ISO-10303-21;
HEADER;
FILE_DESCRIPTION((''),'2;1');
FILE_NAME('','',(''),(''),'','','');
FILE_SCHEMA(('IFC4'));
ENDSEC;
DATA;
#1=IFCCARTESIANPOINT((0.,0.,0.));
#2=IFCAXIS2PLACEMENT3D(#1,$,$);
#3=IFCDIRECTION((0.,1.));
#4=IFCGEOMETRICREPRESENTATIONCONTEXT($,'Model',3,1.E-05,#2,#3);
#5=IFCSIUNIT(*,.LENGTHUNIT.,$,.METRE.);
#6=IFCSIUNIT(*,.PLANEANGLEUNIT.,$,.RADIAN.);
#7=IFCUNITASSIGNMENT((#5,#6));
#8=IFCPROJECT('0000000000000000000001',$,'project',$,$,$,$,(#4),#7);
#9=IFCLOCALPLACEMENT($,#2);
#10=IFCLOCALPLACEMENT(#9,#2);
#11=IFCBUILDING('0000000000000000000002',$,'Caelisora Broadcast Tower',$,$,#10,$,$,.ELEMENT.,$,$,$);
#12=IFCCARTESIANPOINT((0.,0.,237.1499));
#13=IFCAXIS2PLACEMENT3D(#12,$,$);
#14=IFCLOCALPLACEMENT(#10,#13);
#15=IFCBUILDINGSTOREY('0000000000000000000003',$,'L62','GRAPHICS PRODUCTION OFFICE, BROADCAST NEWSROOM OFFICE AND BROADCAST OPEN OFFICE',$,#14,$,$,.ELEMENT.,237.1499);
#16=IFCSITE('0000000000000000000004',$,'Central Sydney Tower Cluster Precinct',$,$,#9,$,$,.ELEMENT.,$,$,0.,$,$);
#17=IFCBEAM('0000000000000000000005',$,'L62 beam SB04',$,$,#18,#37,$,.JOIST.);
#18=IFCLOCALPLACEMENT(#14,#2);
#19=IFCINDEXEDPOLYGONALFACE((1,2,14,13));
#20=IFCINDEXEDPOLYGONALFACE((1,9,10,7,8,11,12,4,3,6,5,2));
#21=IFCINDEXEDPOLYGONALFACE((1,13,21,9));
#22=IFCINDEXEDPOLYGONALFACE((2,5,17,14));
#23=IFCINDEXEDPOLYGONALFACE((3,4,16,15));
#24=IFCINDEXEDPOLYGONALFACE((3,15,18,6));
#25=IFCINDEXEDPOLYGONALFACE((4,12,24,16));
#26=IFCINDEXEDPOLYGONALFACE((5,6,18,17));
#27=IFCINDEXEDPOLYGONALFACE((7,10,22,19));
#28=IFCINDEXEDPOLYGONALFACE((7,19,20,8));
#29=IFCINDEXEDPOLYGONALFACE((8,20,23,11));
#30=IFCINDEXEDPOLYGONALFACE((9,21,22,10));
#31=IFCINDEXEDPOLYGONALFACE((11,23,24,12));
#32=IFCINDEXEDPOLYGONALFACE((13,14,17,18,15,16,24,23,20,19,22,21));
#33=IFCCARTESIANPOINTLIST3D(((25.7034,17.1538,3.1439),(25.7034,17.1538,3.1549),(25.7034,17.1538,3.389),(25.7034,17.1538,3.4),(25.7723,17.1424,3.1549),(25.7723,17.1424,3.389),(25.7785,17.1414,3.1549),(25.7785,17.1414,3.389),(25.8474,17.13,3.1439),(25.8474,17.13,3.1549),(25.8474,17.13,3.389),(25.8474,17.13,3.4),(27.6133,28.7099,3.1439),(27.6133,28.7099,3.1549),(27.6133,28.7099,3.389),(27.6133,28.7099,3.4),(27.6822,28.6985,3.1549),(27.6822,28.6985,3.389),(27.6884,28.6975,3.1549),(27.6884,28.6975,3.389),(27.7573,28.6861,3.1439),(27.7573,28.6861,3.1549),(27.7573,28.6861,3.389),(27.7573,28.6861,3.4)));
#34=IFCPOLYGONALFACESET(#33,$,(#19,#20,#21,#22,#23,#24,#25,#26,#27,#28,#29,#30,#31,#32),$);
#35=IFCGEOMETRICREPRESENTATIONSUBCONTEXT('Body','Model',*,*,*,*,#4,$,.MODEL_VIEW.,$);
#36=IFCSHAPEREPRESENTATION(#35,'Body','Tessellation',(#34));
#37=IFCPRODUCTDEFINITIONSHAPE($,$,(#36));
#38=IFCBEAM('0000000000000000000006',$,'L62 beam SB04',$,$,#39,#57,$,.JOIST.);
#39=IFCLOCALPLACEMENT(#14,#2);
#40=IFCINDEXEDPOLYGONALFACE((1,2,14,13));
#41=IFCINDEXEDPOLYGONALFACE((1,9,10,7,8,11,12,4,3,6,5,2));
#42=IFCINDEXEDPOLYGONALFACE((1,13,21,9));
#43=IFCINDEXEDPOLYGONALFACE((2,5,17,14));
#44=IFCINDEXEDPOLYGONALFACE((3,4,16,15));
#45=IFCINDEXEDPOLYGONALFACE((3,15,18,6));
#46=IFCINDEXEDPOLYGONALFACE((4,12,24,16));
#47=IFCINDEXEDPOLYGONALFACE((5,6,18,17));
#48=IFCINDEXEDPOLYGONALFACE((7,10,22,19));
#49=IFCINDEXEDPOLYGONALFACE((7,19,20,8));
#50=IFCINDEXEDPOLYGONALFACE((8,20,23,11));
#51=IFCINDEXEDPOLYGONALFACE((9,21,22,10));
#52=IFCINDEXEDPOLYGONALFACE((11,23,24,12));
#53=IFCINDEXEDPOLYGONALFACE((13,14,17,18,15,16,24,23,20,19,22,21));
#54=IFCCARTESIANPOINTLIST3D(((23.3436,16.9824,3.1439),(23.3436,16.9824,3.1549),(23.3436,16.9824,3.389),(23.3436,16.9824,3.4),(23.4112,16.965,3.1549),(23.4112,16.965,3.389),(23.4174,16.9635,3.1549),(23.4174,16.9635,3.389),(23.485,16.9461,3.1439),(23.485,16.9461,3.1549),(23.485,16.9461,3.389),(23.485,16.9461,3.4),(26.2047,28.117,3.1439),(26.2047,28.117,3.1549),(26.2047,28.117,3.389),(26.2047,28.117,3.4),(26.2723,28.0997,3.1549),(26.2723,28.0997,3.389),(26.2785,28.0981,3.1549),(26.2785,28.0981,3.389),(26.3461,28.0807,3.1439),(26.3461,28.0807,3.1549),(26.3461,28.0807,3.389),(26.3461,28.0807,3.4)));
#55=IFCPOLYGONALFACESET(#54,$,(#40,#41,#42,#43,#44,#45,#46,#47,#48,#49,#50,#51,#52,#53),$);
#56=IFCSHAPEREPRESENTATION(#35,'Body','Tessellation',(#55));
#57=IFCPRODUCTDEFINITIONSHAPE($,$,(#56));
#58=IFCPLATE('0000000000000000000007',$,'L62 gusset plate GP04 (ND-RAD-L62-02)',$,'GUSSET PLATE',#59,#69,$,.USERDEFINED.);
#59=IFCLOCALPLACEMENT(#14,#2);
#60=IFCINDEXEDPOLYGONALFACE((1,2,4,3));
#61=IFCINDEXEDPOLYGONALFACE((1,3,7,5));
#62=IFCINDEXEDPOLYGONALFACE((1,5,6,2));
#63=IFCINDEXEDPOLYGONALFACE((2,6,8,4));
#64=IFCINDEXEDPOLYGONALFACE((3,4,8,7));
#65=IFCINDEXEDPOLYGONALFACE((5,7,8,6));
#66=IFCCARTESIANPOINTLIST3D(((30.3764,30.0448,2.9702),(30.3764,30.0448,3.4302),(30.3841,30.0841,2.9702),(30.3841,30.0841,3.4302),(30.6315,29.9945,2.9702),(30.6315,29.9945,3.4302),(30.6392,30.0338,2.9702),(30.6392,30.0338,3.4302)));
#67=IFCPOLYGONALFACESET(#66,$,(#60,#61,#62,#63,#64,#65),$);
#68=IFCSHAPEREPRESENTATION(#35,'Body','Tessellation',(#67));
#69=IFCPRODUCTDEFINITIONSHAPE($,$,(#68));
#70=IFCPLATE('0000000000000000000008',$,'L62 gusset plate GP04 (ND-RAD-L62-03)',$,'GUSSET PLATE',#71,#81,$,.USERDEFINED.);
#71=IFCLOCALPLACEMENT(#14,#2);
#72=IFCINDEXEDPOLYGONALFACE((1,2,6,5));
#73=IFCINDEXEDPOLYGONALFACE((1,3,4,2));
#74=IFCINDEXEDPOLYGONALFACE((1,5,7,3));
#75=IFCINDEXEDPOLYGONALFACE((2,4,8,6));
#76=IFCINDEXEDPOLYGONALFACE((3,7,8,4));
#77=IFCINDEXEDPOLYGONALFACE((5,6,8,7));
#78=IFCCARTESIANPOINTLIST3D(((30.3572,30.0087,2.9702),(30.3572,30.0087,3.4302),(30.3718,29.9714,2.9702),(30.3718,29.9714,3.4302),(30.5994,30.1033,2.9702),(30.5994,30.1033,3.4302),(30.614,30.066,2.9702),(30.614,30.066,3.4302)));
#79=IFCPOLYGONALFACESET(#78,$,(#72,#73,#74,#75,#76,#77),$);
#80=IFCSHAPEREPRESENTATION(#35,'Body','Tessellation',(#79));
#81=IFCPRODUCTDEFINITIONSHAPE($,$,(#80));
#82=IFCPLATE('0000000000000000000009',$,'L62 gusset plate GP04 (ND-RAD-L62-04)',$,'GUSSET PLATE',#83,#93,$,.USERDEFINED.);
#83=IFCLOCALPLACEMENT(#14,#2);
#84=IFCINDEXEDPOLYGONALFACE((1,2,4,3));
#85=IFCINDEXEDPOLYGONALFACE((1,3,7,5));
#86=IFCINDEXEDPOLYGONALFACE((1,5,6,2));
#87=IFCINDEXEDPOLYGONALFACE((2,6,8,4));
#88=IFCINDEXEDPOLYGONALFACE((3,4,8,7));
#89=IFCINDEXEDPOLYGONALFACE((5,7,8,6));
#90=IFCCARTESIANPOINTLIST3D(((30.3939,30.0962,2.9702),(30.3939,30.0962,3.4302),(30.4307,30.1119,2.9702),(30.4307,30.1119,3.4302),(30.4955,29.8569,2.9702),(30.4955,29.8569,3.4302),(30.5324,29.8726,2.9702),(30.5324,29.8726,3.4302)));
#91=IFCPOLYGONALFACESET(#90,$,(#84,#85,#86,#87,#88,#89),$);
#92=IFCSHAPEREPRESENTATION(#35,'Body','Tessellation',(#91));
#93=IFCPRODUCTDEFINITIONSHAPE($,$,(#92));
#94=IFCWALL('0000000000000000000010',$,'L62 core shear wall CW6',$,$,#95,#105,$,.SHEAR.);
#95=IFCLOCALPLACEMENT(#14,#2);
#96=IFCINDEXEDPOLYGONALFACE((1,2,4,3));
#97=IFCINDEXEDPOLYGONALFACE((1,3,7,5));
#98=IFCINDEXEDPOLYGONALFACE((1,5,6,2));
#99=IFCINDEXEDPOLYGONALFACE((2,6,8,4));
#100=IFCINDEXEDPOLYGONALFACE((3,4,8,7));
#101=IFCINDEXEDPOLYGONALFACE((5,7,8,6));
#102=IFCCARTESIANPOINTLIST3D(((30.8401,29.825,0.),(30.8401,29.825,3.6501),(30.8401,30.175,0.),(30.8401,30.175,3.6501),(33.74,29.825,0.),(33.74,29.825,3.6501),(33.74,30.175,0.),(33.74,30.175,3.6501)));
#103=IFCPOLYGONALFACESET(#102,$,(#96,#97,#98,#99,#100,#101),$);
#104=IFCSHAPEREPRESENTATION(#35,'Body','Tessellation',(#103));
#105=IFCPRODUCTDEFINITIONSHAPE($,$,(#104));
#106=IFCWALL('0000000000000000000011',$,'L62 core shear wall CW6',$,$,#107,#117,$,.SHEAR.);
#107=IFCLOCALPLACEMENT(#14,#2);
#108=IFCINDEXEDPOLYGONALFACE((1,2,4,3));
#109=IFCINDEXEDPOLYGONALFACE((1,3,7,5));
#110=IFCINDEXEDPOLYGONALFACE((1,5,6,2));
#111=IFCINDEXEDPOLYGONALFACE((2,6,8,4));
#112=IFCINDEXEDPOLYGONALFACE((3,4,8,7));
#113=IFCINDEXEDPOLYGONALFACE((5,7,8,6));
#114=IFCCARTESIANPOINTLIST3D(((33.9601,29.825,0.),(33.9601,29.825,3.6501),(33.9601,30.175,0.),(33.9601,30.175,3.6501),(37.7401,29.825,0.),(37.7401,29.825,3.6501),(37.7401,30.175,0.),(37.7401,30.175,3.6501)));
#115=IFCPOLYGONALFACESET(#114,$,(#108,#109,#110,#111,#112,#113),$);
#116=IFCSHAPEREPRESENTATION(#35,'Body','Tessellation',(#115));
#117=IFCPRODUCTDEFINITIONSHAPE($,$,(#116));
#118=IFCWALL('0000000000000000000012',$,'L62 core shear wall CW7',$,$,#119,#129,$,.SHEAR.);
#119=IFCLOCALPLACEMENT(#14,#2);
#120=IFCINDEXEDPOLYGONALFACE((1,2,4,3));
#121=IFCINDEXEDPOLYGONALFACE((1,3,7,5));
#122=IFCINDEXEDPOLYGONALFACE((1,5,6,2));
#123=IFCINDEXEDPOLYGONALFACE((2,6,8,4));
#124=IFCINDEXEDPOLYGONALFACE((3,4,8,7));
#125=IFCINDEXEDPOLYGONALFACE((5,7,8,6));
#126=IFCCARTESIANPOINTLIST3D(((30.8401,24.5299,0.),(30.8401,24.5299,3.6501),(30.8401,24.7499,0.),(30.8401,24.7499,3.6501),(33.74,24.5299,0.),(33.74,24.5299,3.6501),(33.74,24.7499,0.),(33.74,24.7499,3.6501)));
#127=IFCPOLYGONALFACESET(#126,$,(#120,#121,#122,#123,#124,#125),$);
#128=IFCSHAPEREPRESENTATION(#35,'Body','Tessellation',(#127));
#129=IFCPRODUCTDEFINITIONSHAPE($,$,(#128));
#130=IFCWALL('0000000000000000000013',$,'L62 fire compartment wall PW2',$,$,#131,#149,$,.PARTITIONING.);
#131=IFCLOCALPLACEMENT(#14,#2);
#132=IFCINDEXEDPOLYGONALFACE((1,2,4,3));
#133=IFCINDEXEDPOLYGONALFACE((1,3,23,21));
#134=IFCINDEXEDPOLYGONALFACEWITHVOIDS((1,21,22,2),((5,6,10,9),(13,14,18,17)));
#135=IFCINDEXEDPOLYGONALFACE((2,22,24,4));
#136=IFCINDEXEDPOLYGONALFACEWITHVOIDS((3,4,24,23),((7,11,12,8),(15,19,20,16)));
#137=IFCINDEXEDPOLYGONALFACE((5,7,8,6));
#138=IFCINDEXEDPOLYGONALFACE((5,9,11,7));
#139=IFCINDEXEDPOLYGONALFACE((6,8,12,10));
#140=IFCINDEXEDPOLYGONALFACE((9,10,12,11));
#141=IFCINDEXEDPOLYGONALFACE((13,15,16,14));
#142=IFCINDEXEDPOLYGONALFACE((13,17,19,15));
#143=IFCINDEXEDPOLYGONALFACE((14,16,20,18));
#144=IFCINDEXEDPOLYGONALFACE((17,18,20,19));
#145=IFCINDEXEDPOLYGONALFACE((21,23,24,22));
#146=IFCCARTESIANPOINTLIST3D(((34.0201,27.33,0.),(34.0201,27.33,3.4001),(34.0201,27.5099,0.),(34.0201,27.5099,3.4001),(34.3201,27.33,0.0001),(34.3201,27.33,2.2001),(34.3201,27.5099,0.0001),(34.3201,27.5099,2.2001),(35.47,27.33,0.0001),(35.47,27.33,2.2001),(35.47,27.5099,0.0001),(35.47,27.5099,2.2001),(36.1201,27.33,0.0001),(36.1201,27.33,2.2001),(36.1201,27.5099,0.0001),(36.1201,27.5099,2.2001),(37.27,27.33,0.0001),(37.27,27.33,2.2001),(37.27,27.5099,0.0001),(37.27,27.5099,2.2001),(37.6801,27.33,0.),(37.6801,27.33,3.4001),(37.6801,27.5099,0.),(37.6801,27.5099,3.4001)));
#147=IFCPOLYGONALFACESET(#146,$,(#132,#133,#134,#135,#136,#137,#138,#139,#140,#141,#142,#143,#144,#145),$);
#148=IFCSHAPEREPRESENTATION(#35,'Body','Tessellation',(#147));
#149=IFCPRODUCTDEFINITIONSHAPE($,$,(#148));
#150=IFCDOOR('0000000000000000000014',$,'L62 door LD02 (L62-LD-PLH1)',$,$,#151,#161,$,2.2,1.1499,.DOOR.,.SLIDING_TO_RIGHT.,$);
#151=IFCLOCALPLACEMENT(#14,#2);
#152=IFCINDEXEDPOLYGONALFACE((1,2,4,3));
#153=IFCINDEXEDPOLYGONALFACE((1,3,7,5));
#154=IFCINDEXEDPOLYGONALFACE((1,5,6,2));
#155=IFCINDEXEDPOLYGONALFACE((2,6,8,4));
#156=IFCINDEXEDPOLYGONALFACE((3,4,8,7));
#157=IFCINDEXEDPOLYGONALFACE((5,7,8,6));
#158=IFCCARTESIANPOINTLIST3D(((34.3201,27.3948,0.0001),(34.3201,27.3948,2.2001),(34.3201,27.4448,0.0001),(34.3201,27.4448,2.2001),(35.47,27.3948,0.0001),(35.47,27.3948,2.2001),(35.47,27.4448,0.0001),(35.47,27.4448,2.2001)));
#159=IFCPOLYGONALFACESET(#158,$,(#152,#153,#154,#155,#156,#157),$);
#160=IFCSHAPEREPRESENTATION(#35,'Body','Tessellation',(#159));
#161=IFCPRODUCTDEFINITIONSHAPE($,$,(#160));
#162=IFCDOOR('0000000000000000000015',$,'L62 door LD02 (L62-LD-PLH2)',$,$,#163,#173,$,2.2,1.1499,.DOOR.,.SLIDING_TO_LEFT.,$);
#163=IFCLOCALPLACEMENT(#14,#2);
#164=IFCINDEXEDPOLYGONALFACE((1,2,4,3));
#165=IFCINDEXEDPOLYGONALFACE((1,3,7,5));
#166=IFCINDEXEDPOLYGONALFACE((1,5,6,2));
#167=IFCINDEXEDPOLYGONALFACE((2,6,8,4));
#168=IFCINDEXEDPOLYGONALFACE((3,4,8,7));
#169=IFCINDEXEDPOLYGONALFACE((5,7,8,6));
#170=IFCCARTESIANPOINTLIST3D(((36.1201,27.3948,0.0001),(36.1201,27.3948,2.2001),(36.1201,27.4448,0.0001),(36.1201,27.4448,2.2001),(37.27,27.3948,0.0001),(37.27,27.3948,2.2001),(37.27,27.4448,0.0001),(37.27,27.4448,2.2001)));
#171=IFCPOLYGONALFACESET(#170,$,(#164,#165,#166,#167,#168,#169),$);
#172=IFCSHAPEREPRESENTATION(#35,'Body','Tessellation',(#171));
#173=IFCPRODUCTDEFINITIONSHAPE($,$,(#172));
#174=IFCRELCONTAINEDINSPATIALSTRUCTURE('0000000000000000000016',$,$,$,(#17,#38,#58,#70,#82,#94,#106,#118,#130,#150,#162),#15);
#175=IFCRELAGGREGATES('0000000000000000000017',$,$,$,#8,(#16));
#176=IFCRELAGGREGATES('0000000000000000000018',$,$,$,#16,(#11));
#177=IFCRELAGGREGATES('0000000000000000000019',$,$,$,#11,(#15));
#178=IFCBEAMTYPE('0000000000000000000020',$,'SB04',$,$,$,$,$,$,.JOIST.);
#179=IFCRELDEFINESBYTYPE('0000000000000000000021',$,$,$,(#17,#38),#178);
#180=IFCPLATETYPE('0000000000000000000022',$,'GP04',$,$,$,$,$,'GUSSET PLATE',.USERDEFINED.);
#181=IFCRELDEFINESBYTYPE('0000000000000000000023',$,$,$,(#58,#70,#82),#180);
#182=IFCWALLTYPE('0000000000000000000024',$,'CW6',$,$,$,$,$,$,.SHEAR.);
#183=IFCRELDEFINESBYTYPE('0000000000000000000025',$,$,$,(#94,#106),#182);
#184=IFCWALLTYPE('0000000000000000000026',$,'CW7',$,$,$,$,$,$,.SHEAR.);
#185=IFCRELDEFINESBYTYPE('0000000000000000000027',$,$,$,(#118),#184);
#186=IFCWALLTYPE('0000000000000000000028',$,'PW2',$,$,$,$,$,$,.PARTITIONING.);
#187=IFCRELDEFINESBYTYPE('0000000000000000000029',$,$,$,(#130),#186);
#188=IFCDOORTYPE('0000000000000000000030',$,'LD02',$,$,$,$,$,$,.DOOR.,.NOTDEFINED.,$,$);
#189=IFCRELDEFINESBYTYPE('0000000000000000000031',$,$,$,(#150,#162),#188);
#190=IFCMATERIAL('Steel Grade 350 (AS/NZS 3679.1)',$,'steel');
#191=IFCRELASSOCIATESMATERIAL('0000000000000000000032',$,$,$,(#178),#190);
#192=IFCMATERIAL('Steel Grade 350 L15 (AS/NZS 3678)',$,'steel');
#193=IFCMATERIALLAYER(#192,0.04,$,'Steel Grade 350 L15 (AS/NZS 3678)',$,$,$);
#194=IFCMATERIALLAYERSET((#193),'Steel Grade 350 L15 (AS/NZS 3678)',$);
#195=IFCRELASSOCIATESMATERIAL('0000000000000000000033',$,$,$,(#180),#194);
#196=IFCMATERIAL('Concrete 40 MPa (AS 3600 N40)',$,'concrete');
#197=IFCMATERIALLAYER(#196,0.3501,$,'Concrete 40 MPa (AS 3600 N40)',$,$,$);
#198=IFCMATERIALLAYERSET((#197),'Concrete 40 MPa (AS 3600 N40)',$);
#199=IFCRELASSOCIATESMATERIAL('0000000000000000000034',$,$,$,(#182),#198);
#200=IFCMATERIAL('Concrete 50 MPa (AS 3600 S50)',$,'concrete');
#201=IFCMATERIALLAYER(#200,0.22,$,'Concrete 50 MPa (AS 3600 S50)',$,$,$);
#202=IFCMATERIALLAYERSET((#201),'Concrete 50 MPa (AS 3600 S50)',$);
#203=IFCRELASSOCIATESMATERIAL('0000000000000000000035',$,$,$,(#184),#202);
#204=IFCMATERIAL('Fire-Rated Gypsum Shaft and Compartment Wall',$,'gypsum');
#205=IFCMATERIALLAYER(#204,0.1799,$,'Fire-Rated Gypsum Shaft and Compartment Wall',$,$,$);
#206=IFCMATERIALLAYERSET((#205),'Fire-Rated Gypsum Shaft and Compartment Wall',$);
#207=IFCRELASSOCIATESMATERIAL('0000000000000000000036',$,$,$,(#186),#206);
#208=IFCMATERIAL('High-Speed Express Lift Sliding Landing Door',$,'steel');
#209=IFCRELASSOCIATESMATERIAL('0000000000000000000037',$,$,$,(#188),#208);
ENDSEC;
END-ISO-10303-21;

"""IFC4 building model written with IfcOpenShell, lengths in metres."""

from ifc_helpers import new_model, si_unit, direction, frame, frame_2d, origin, origin_2d, place, context, subcontext, project, spatial, rectangle, i_section, extrude, source, transform, mapped, material, layer, layer_set, material_profile, profile_set, type_object, type_shapes, element, fill, save


model = new_model("IFC4")

# Units and contexts
model_context = context("Model", 3, precision=1e-05, world=origin(), true_north=direction((0.0, 1.0)))
body_context = subcontext(model_context, "Body", "Model", "MODEL_VIEW")
ifc_project = project(units=[si_unit("LENGTHUNIT", "METRE"), si_unit("PLANEANGLEUNIT", "RADIAN")], contexts=[model_context])

# Site, building, storey
site_placement = place(None, origin())
site = spatial("IfcSite", under=ifc_project, at=site_placement, Name="Central Sydney Tower Cluster Precinct", CompositionType="ELEMENT", RefElevation=0.0)
building_placement = place(site_placement, origin())
building = spatial("IfcBuilding", under=site, at=building_placement, Name="Caelisora Broadcast Tower", CompositionType="ELEMENT")
storey_placement = place(building_placement, frame((0.0, 0.0, 237.1499)))
storey = spatial("IfcBuildingStorey", under=building, at=storey_placement, Name="L62", Description="GRAPHICS PRODUCTION OFFICE, BROADCAST NEWSROOM OFFICE AND BROADCAST OPEN OFFICE", CompositionType="ELEMENT", Elevation=237.1499)

# Shared definitions
ifc_material_1 = material(Name="Steel Grade 350 (AS/NZS 3679.1)", Category="steel")

# Beams
ifc_material_profile_1 = material_profile(ifc_material_1, i_section(OverallWidth=0.146, OverallDepth=0.2561, WebThickness=0.0063, FlangeThickness=0.011, at=origin_2d()), Name="Steel Grade 350 (AS/NZS 3679.1)")
ifc_profile_set_1 = profile_set([ifc_material_profile_1], Name="Steel Grade 350 (AS/NZS 3679.1)")
beam_type_1 = type_object("IfcBeamType", Name="SB04", PredefinedType="JOIST", material=ifc_profile_set_1)
shared_shape_1 = source(origin(), body_context, "Body", "SweptSolid", [
    extrude(i_section(OverallWidth=0.146, OverallDepth=0.2561, WebThickness=0.0063, FlangeThickness=0.011, at=origin_2d()), origin(), (0.0, 0.0, 1.0), 11.7129),
])
beam_1_placement = place(storey_placement, frame((27.6853, 28.698, 3.272), z_axis=(-0.16306, -0.986616, 0.0), x_axis=(0.986616, -0.16306, 0.0)))
element("IfcBeam", 1, at=beam_1_placement, inside=storey, type_object=beam_type_1, Name="L62 beam SB04", PredefinedType="JOIST", context=body_context, shape_type="MappedRepresentation", body=[
    mapped(shared_shape_1, transform((0.0, 0.0, 0.0), scale=1.0)),
])
shared_shape_2 = source(origin(), body_context, "Body", "SweptSolid", [
    extrude(i_section(OverallWidth=0.146, OverallDepth=0.2561, WebThickness=0.0063, FlangeThickness=0.011, at=origin_2d()), origin(), (0.0, 0.0, 1.0), 11.4963),
])
beam_2_placement = place(storey_placement, frame((26.2754, 28.0989, 3.272), z_axis=(-0.248871, -0.968537, 0.0), x_axis=(0.968537, -0.248871, 0.0)))
element("IfcBeam", 2, at=beam_2_placement, inside=storey, type_object=beam_type_1, Name="L62 beam SB04", PredefinedType="JOIST", context=body_context, shape_type="MappedRepresentation", body=[
    mapped(shared_shape_2, transform((0.0, 0.0, 0.0), scale=1.0)),
])

# Plates
ifc_material_2 = material(Name="Steel Grade 350 L15 (AS/NZS 3678)", Category="steel")
ifc_layer_1 = layer(ifc_material_2, 0.04, Name="Steel Grade 350 L15 (AS/NZS 3678)")
ifc_layer_set_1 = layer_set([ifc_layer_1], Name="Steel Grade 350 L15 (AS/NZS 3678)")
plate_type = type_object("IfcPlateType", Name="GP04", ElementType="GUSSET PLATE", PredefinedType="USERDEFINED", material=ifc_layer_set_1)
shared_shape_3 = source(origin(), body_context, "Body", "SweptSolid", [
    extrude(rectangle(XDim=0.26, YDim=0.04, at=origin_2d()), origin(), (0.0, 0.0, 1.0), 0.46),
])
type_shapes(plate_type, [shared_shape_3])
for number, where, z_axis, x_axis, name in (
    (3, (30.5078, 30.0393, 2.9702), (0.0, 0.0, 1.0), (-0.981124, 0.193378, 0.0), "L62 gusset plate GP04 (ND-RAD-L62-02)"),
    (4, (30.4856, 30.0374, 2.9702), (0.0, 0.0, 1.0), (-0.931564, -0.363576, 0.0), "L62 gusset plate GP04 (ND-RAD-L62-03)"),
    (5, (30.4631, 29.9844, 2.9702), (0.0, 0.0, 1.0), (0.391052, -0.920368, 0.0), "L62 gusset plate GP04 (ND-RAD-L62-04)"),
):
    element("IfcPlate", number, at=place(storey_placement, frame(where, z_axis=z_axis, x_axis=x_axis)), inside=storey, type_object=plate_type, Name=name, ObjectType="GUSSET PLATE", PredefinedType="USERDEFINED", context=body_context, shape_type="MappedRepresentation", body=[
        mapped(shared_shape_3, transform((0.0, 0.0, 0.0), scale=1.0)),
    ])

# Walls
ifc_material_3 = material(Name="Concrete 40 MPa (AS 3600 N40)", Category="concrete")
ifc_layer_2 = layer(ifc_material_3, 0.3501, Name="Concrete 40 MPa (AS 3600 N40)")
ifc_layer_set_2 = layer_set([ifc_layer_2], Name="Concrete 40 MPa (AS 3600 N40)")
wall_type_1 = type_object("IfcWallType", Name="CW6", PredefinedType="SHEAR", material=ifc_layer_set_2)
wall_1_placement = place(storey_placement, frame((30.8401, 30.0, 0.0), z_axis=(0.0, 0.0, 1.0), x_axis=(1.0, 0.0, 0.0)))
element("IfcWall", 6, at=wall_1_placement, inside=storey, type_object=wall_type_1, Name="L62 core shear wall CW6", PredefinedType="SHEAR", context=body_context, shape_type="SweptSolid", body=[
    extrude(rectangle(XDim=2.8999, YDim=0.3501, at=frame_2d((1.45, 0.0))), origin(), (0.0, 0.0, 1.0), 3.6501),
])
wall_2_placement = place(storey_placement, frame((33.96, 30.0, 0.0), z_axis=(0.0, 0.0, 1.0), x_axis=(1.0, 0.0, 0.0)))
element("IfcWall", 7, at=wall_2_placement, inside=storey, type_object=wall_type_1, Name="L62 core shear wall CW6", PredefinedType="SHEAR", context=body_context, shape_type="SweptSolid", body=[
    extrude(rectangle(XDim=3.78, YDim=0.3501, at=frame_2d((1.8901, 0.0))), origin(), (0.0, 0.0, 1.0), 3.6501),
])
ifc_material_4 = material(Name="Concrete 50 MPa (AS 3600 S50)", Category="concrete")
ifc_layer_3 = layer(ifc_material_4, 0.22, Name="Concrete 50 MPa (AS 3600 S50)")
ifc_layer_set_3 = layer_set([ifc_layer_3], Name="Concrete 50 MPa (AS 3600 S50)")
wall_type_2 = type_object("IfcWallType", Name="CW7", PredefinedType="SHEAR", material=ifc_layer_set_3)
wall_3_placement = place(storey_placement, frame((30.8401, 24.6399, 0.0), z_axis=(0.0, 0.0, 1.0), x_axis=(1.0, 0.0, 0.0)))
element("IfcWall", 8, at=wall_3_placement, inside=storey, type_object=wall_type_2, Name="L62 core shear wall CW7", PredefinedType="SHEAR", context=body_context, shape_type="SweptSolid", body=[
    extrude(rectangle(XDim=2.8999, YDim=0.22, at=frame_2d((1.45, 0.0))), origin(), (0.0, 0.0, 1.0), 3.6501),
])

# Wall, openings, doors
ifc_material_5 = material(Name="Fire-Rated Gypsum Shaft and Compartment Wall", Category="gypsum")
ifc_layer_4 = layer(ifc_material_5, 0.1799, Name="Fire-Rated Gypsum Shaft and Compartment Wall")
ifc_layer_set_4 = layer_set([ifc_layer_4], Name="Fire-Rated Gypsum Shaft and Compartment Wall")
wall_type_3 = type_object("IfcWallType", Name="PW2", PredefinedType="PARTITIONING", material=ifc_layer_set_4)
wall_4_placement = place(storey_placement, frame((34.02, 27.4199, 0.0), z_axis=(0.0, 0.0, 1.0), x_axis=(1.0, 0.0, 0.0)))
wall_4 = element("IfcWall", 9, at=wall_4_placement, inside=storey, type_object=wall_type_3, Name="L62 fire compartment wall PW2", PredefinedType="PARTITIONING", context=body_context, shape_type="SweptSolid", body=[
    extrude(rectangle(XDim=3.6599, YDim=0.1799, at=frame_2d((1.8301, 0.0))), origin(), (0.0, 0.0, 1.0), 3.4001),
])
opening_1_placement = place(wall_4_placement, frame((0.3, 0.0, 0.0)))
opening_1 = element("IfcOpeningElement", 10, at=opening_1_placement, cuts=wall_4, PredefinedType="OPENING", context=body_context, shape_type="SweptSolid", body=[
    extrude(rectangle(XDim=1.1499, YDim=2.2, at=frame_2d((0.575, 1.1001))), frame((0.0, 0.1021, 0.0), z_axis=(0.0, -1.0, 0.0), x_axis=(1.0, 0.0, 0.0)), (0.0, 0.0, 1.0), 0.2039),
])
opening_2_placement = place(wall_4_placement, frame((2.1001, 0.0, 0.0)))
opening_2 = element("IfcOpeningElement", 11, at=opening_2_placement, cuts=wall_4, PredefinedType="OPENING", context=body_context, shape_type="SweptSolid", body=[
    extrude(rectangle(XDim=1.1499, YDim=2.2, at=frame_2d((0.575, 1.1001))), frame((0.0, 0.1021, 0.0), z_axis=(0.0, -1.0, 0.0), x_axis=(1.0, 0.0, 0.0)), (0.0, 0.0, 1.0), 0.2039),
])
ifc_material_6 = material(Name="High-Speed Express Lift Sliding Landing Door", Category="steel")
door_type = type_object("IfcDoorType", Name="LD02", OperationType="NOTDEFINED", PredefinedType="DOOR", material=ifc_material_6)
door_1_placement = place(opening_1_placement, origin())
door_1 = element("IfcDoor", 12, at=door_1_placement, inside=storey, type_object=door_type, Name="L62 door LD02 (L62-LD-PLH1)", OperationType="SLIDING_TO_RIGHT", OverallHeight=2.2, OverallWidth=1.1499, PredefinedType="DOOR", context=body_context, shape_type="SweptSolid", body=[
    extrude(rectangle(XDim=1.1499, YDim=2.2, at=frame_2d((0.575, 1.1001))), frame((0.0, 0.0249, 0.0), z_axis=(0.0, -1.0, 0.0), x_axis=(1.0, 0.0, 0.0)), (0.0, 0.0, 1.0), 0.05),
])
fill(opening_1, door_1)
door_2_placement = place(opening_2_placement, origin())
door_2 = element("IfcDoor", 13, at=door_2_placement, inside=storey, type_object=door_type, Name="L62 door LD02 (L62-LD-PLH2)", OperationType="SLIDING_TO_LEFT", OverallHeight=2.2, OverallWidth=1.1499, PredefinedType="DOOR", context=body_context, shape_type="SweptSolid", body=[
    extrude(rectangle(XDim=1.1499, YDim=2.2, at=frame_2d((0.575, 1.1001))), frame((0.0, 0.0249, 0.0), z_axis=(0.0, -1.0, 0.0), x_axis=(1.0, 0.0, 0.0)), (0.0, 0.0, 1.0), 0.05),
])
fill(opening_2, door_2)

save(model, "model.ifc")
